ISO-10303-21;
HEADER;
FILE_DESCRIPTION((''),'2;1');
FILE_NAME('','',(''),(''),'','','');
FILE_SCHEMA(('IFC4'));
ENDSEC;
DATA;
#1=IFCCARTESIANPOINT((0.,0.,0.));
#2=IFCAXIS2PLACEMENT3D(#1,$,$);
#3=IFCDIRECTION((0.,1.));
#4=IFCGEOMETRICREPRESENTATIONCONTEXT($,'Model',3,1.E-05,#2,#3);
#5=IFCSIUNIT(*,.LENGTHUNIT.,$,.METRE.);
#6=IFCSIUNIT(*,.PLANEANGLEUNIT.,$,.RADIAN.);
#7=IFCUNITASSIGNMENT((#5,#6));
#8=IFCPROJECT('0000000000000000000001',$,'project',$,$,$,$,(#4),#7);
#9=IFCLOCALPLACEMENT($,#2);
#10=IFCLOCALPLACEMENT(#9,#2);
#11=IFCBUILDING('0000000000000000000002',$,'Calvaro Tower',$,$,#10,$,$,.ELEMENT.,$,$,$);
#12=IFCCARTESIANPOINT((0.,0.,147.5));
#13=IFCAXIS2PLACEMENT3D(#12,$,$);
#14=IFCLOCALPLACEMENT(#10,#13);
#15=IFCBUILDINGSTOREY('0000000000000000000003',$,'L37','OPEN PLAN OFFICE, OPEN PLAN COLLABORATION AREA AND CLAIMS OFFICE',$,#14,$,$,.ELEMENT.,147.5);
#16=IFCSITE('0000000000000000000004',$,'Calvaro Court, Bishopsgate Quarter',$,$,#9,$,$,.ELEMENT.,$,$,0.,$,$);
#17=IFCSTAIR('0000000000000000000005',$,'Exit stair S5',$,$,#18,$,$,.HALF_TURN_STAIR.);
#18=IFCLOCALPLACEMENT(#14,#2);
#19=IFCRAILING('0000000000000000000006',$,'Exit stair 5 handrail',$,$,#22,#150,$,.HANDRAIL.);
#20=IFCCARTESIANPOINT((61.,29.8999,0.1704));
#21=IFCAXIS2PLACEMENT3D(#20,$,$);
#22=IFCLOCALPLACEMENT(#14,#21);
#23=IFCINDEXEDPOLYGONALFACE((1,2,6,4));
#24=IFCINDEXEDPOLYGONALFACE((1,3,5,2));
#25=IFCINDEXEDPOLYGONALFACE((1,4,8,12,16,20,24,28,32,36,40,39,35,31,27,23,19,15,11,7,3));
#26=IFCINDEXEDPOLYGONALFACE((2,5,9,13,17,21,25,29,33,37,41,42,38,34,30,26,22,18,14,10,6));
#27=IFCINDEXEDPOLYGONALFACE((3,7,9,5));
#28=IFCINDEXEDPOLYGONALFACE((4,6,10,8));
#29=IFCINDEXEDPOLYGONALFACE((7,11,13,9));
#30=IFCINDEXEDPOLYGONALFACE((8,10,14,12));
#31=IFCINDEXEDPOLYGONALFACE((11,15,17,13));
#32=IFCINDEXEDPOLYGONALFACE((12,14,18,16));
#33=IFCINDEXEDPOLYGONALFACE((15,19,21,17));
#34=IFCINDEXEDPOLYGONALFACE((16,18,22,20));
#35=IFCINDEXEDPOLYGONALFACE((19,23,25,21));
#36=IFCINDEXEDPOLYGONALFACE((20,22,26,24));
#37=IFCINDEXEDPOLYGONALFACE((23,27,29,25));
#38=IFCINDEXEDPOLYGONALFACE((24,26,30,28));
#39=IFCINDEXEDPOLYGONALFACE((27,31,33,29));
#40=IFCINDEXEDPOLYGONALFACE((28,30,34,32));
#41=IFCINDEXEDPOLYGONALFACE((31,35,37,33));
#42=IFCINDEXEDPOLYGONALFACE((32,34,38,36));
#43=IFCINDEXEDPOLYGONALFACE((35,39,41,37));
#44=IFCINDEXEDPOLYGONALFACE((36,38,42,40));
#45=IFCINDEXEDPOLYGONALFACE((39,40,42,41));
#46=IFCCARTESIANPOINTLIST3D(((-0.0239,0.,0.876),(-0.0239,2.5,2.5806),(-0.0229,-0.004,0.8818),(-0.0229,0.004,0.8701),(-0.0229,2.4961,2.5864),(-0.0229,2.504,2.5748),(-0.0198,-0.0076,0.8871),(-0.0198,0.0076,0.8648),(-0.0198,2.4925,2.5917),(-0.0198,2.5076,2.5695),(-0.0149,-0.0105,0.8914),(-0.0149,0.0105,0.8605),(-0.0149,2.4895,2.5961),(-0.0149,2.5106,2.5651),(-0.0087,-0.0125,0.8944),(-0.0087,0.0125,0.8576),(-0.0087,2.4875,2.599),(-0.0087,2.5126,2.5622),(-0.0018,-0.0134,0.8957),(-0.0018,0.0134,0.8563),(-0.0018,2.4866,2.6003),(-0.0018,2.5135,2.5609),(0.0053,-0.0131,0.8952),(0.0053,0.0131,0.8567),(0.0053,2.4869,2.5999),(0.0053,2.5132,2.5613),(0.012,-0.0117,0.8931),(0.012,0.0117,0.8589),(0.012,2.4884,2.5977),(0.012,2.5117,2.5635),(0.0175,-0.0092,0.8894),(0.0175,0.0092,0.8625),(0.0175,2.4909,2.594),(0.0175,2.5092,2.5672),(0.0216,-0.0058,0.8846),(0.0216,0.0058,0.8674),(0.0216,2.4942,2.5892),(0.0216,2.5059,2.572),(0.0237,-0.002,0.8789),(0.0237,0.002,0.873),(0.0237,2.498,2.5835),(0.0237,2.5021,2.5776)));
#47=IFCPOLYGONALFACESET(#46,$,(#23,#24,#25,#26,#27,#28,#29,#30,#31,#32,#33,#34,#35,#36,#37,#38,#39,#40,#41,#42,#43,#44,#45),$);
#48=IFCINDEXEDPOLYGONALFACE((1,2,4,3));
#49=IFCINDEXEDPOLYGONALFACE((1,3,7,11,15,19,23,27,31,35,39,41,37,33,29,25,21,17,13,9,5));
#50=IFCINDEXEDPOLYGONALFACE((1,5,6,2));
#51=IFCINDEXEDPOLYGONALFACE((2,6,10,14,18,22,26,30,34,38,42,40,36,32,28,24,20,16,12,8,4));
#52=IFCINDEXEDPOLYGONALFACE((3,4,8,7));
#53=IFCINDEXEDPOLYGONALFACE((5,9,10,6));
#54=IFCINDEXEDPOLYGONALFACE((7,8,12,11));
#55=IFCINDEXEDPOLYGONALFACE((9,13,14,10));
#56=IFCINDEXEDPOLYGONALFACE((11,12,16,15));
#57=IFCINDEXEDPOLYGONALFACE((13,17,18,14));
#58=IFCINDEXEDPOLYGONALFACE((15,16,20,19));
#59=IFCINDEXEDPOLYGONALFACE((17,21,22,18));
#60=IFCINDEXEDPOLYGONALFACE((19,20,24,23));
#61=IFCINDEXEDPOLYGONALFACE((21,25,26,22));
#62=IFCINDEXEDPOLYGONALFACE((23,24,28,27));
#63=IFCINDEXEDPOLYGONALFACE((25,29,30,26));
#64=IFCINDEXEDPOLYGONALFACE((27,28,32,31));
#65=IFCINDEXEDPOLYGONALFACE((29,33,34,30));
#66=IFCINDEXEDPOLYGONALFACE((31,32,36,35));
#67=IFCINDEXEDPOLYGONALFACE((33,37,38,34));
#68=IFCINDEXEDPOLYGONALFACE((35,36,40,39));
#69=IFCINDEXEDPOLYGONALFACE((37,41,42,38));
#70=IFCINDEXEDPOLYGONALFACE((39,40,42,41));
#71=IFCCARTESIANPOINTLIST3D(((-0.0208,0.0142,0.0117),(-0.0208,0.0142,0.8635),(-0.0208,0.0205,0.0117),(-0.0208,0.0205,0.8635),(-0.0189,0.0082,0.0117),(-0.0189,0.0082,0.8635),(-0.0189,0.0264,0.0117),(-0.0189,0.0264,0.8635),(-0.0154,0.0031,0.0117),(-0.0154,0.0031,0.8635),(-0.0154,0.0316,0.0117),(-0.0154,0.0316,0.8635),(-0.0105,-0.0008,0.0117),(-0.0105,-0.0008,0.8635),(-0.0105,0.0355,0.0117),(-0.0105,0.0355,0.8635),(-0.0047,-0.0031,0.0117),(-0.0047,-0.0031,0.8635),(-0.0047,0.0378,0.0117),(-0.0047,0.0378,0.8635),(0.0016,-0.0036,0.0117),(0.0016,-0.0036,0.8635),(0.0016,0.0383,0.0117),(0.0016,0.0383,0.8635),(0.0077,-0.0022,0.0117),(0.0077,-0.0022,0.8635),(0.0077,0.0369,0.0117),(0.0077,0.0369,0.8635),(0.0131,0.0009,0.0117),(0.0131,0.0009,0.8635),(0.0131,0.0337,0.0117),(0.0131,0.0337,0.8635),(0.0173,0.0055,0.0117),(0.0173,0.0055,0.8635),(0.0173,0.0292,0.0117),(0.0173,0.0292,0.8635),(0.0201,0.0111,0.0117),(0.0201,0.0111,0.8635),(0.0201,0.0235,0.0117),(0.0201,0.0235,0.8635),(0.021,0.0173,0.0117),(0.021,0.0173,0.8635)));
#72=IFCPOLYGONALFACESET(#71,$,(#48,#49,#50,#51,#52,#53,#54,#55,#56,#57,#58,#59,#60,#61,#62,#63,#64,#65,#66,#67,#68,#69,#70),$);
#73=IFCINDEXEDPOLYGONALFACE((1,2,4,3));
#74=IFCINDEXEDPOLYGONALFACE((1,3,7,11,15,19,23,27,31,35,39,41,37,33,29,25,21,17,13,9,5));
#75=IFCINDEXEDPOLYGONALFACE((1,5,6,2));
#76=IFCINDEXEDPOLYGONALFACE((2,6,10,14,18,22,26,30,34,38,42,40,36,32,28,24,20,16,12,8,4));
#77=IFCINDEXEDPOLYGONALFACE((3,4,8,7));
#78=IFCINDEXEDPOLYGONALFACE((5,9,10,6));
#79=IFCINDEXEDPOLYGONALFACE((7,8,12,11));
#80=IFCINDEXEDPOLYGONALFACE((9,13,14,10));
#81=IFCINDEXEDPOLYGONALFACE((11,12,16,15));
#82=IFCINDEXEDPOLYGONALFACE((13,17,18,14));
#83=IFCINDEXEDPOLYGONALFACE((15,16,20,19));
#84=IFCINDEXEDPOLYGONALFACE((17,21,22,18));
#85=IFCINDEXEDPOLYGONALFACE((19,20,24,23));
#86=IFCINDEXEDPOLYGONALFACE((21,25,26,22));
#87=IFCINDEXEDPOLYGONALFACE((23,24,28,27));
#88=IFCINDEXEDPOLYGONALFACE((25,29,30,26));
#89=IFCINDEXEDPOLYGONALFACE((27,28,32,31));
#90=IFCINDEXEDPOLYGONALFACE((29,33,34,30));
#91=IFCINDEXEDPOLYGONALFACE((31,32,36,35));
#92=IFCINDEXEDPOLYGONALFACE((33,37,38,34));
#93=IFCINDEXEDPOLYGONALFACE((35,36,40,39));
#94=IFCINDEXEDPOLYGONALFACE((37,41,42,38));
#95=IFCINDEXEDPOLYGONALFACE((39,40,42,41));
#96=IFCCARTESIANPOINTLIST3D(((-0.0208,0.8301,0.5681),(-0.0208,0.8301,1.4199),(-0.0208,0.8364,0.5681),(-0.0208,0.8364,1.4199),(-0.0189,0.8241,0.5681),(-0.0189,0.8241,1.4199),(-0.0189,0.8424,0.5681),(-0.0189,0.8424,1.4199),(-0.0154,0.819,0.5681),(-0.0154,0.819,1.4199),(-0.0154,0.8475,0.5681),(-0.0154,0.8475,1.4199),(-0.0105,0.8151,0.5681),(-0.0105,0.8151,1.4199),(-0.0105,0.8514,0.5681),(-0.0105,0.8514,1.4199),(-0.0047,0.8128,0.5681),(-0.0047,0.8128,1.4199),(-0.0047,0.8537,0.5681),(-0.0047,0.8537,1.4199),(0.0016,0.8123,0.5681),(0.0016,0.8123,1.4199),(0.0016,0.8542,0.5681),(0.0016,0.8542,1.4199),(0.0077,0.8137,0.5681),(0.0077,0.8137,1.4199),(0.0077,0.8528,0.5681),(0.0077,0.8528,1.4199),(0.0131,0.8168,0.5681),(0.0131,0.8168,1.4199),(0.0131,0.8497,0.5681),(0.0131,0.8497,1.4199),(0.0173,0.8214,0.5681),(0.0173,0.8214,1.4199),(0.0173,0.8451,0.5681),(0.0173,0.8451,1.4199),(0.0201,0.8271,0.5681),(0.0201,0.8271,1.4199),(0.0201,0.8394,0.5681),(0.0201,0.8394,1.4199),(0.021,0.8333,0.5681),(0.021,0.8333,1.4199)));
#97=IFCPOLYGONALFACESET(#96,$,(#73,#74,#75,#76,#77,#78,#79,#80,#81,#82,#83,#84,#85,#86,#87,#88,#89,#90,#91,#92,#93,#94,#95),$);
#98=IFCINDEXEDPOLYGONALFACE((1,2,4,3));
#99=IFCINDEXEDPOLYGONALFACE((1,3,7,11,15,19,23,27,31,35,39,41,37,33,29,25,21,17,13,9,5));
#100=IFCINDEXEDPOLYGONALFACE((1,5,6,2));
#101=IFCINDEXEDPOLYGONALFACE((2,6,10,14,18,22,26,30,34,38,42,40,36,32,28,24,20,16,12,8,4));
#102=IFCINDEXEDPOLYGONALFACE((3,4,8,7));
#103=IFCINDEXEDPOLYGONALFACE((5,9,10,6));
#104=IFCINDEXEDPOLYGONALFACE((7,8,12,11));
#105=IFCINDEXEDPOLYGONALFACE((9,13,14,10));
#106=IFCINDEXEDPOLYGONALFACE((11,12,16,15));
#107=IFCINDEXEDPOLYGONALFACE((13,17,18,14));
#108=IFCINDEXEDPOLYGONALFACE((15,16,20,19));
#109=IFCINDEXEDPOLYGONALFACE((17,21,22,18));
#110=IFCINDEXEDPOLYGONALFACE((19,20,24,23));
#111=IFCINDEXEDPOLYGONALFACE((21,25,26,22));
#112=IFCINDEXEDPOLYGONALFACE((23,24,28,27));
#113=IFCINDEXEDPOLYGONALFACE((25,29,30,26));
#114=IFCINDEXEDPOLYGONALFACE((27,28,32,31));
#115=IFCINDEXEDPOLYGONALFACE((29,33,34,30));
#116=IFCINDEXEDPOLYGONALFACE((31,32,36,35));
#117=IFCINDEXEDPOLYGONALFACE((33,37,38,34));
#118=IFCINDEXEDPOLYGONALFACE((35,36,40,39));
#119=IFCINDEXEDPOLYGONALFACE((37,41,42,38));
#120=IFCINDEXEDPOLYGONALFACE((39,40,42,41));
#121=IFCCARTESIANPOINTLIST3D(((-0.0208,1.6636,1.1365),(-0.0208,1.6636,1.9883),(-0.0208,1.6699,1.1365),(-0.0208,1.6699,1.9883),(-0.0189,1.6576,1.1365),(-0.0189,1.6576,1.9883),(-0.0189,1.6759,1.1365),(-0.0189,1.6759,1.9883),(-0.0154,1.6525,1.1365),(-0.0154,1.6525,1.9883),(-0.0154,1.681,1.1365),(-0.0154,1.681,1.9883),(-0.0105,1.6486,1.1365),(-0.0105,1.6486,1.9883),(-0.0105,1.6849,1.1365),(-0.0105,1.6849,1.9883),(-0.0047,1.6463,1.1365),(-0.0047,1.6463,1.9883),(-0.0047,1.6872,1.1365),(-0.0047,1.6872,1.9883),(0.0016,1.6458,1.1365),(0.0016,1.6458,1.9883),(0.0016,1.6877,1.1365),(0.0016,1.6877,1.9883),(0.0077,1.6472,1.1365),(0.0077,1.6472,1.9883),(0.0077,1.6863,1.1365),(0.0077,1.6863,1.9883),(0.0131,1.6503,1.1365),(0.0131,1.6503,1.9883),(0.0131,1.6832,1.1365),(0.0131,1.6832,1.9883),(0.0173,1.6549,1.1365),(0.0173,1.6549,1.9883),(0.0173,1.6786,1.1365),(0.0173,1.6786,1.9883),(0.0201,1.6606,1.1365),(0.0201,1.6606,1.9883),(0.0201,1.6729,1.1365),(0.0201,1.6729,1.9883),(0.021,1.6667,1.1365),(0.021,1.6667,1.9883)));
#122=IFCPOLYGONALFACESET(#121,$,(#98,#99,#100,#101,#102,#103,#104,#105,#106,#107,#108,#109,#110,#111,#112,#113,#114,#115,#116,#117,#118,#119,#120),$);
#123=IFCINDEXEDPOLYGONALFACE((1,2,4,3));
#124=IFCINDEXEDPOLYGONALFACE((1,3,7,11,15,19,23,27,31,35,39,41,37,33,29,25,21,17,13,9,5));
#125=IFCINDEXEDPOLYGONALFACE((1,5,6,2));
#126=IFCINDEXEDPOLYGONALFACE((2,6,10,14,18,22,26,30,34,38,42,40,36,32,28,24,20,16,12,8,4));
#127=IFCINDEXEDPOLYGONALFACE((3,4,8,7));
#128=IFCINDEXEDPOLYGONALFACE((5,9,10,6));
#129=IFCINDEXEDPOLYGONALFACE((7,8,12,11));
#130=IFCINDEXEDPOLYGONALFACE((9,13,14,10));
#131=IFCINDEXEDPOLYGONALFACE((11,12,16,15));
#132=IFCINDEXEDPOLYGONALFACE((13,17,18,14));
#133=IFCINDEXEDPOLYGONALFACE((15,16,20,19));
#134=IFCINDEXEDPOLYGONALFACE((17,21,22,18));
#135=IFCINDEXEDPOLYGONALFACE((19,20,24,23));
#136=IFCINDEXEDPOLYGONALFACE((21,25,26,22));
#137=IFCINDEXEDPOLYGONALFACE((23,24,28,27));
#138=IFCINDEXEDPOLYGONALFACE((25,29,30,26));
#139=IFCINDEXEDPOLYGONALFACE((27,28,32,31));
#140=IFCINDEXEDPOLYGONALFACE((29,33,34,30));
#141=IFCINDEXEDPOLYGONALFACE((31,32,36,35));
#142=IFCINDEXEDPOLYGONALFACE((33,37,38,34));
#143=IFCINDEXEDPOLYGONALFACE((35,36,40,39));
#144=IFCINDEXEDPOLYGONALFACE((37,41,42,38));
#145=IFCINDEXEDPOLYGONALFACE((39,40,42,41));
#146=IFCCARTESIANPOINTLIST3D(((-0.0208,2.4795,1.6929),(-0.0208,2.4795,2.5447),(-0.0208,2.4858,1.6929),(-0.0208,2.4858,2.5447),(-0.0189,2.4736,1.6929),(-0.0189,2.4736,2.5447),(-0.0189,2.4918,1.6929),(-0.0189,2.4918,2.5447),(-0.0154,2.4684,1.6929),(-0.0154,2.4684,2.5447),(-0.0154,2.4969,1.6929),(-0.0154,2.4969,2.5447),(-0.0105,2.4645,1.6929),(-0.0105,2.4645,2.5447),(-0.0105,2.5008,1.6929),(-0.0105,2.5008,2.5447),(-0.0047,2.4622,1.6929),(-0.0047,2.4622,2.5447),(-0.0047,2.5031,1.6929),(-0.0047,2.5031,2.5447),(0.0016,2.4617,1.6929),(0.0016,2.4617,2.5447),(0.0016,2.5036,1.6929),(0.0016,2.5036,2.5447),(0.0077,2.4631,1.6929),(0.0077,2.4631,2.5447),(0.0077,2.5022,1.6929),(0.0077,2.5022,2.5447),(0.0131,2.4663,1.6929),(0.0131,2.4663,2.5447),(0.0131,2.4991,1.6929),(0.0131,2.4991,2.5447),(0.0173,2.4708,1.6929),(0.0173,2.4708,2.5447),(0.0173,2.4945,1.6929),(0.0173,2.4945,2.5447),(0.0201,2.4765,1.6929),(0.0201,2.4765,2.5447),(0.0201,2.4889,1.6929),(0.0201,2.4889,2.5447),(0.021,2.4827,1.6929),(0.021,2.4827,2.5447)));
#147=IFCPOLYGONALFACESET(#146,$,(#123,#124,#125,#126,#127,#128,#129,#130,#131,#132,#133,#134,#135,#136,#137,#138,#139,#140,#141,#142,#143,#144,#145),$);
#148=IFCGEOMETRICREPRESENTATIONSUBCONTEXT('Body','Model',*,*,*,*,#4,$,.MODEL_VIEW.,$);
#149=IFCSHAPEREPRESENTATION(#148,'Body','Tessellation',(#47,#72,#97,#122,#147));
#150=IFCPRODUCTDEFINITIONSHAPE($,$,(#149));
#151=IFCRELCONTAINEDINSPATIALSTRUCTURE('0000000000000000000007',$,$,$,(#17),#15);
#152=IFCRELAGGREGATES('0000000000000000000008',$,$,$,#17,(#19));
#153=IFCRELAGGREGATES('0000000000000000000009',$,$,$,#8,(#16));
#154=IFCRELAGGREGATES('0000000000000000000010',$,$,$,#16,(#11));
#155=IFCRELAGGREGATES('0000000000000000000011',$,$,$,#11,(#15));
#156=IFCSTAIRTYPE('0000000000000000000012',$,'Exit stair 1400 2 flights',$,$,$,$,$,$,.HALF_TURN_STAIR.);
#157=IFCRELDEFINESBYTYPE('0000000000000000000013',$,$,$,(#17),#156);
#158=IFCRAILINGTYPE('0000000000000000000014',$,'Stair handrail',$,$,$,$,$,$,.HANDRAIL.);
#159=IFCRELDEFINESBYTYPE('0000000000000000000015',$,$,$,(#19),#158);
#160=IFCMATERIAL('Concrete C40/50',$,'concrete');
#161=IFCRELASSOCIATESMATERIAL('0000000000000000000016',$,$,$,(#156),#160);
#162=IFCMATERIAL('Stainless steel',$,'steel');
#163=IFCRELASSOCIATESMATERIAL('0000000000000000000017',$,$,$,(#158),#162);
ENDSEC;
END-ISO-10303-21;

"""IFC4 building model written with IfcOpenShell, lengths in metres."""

from ifc_helpers import new_model, si_unit, direction, frame, origin, origin_2d, place, context, subcontext, project, spatial, circle, extrude, material, type_object, element, aggregate, save


model = new_model("IFC4")

# Units and contexts
model_context = context("Model", 3, precision=1e-05, world=origin(), true_north=direction((0.0, 1.0)))
body_context = subcontext(model_context, "Body", "Model", "MODEL_VIEW")
ifc_project = project(units=[si_unit("LENGTHUNIT", "METRE"), si_unit("PLANEANGLEUNIT", "RADIAN")], contexts=[model_context])

# Site, building, storey
site_placement = place(None, origin())
site = spatial("IfcSite", under=ifc_project, at=site_placement, Name="Calvaro Court, Bishopsgate Quarter", CompositionType="ELEMENT", RefElevation=0.0)
building_placement = place(site_placement, origin())
building = spatial("IfcBuilding", under=site, at=building_placement, Name="Calvaro Tower", CompositionType="ELEMENT")
storey_placement = place(building_placement, frame((0.0, 0.0, 147.5)))
storey = spatial("IfcBuildingStorey", under=building, at=storey_placement, Name="L37", Description="OPEN PLAN OFFICE, OPEN PLAN COLLABORATION AREA AND CLAIMS OFFICE", CompositionType="ELEMENT", Elevation=147.5)

# Stair, railing
ifc_material_1 = material(Name="Concrete C40/50", Category="concrete")
stair_type = type_object("IfcStairType", Name="Exit stair 1400 2 flights", PredefinedType="HALF_TURN_STAIR", material=ifc_material_1)
stair_placement = place(storey_placement, origin())
stair = element("IfcStair", 1, at=stair_placement, inside=storey, type_object=stair_type, Name="Exit stair S5", PredefinedType="HALF_TURN_STAIR")
ifc_material_2 = material(Name="Stainless steel", Category="steel")
railing_type = type_object("IfcRailingType", Name="Stair handrail", PredefinedType="HANDRAIL", material=ifc_material_2)
railing_1_placement = place(storey_placement, frame((61.0, 29.8999, 0.1704)))
railing_1 = element("IfcRailing", 2, at=railing_1_placement, type_object=railing_type, Name="Exit stair 5 handrail", PredefinedType="HANDRAIL", context=body_context, shape_type="SweptSolid", body=[
    extrude(circle(Radius=0.0239, at=origin_2d()), frame((0.0, 0.0, 0.876), z_axis=(0.0, 0.826221, 0.563347), x_axis=(-1.0, 0.0, 0.0)), (0.0, 0.0, 1.0), 3.0259),
    extrude(circle(Radius=0.021, at=origin_2d()), frame((0.0, 0.0173, 0.0117)), (0.0, 0.0, 1.0), 0.8518),
    extrude(circle(Radius=0.021, at=origin_2d()), frame((0.0, 0.8333, 0.5681)), (0.0, 0.0, 1.0), 0.8518),
    extrude(circle(Radius=0.021, at=origin_2d()), frame((0.0, 1.6667, 1.1365)), (0.0, 0.0, 1.0), 0.8518),
    extrude(circle(Radius=0.021, at=origin_2d()), frame((0.0, 2.4827, 1.6929)), (0.0, 0.0, 1.0), 0.8518),
])
aggregate(stair, [railing_1])

save(model, "model.ifc")
